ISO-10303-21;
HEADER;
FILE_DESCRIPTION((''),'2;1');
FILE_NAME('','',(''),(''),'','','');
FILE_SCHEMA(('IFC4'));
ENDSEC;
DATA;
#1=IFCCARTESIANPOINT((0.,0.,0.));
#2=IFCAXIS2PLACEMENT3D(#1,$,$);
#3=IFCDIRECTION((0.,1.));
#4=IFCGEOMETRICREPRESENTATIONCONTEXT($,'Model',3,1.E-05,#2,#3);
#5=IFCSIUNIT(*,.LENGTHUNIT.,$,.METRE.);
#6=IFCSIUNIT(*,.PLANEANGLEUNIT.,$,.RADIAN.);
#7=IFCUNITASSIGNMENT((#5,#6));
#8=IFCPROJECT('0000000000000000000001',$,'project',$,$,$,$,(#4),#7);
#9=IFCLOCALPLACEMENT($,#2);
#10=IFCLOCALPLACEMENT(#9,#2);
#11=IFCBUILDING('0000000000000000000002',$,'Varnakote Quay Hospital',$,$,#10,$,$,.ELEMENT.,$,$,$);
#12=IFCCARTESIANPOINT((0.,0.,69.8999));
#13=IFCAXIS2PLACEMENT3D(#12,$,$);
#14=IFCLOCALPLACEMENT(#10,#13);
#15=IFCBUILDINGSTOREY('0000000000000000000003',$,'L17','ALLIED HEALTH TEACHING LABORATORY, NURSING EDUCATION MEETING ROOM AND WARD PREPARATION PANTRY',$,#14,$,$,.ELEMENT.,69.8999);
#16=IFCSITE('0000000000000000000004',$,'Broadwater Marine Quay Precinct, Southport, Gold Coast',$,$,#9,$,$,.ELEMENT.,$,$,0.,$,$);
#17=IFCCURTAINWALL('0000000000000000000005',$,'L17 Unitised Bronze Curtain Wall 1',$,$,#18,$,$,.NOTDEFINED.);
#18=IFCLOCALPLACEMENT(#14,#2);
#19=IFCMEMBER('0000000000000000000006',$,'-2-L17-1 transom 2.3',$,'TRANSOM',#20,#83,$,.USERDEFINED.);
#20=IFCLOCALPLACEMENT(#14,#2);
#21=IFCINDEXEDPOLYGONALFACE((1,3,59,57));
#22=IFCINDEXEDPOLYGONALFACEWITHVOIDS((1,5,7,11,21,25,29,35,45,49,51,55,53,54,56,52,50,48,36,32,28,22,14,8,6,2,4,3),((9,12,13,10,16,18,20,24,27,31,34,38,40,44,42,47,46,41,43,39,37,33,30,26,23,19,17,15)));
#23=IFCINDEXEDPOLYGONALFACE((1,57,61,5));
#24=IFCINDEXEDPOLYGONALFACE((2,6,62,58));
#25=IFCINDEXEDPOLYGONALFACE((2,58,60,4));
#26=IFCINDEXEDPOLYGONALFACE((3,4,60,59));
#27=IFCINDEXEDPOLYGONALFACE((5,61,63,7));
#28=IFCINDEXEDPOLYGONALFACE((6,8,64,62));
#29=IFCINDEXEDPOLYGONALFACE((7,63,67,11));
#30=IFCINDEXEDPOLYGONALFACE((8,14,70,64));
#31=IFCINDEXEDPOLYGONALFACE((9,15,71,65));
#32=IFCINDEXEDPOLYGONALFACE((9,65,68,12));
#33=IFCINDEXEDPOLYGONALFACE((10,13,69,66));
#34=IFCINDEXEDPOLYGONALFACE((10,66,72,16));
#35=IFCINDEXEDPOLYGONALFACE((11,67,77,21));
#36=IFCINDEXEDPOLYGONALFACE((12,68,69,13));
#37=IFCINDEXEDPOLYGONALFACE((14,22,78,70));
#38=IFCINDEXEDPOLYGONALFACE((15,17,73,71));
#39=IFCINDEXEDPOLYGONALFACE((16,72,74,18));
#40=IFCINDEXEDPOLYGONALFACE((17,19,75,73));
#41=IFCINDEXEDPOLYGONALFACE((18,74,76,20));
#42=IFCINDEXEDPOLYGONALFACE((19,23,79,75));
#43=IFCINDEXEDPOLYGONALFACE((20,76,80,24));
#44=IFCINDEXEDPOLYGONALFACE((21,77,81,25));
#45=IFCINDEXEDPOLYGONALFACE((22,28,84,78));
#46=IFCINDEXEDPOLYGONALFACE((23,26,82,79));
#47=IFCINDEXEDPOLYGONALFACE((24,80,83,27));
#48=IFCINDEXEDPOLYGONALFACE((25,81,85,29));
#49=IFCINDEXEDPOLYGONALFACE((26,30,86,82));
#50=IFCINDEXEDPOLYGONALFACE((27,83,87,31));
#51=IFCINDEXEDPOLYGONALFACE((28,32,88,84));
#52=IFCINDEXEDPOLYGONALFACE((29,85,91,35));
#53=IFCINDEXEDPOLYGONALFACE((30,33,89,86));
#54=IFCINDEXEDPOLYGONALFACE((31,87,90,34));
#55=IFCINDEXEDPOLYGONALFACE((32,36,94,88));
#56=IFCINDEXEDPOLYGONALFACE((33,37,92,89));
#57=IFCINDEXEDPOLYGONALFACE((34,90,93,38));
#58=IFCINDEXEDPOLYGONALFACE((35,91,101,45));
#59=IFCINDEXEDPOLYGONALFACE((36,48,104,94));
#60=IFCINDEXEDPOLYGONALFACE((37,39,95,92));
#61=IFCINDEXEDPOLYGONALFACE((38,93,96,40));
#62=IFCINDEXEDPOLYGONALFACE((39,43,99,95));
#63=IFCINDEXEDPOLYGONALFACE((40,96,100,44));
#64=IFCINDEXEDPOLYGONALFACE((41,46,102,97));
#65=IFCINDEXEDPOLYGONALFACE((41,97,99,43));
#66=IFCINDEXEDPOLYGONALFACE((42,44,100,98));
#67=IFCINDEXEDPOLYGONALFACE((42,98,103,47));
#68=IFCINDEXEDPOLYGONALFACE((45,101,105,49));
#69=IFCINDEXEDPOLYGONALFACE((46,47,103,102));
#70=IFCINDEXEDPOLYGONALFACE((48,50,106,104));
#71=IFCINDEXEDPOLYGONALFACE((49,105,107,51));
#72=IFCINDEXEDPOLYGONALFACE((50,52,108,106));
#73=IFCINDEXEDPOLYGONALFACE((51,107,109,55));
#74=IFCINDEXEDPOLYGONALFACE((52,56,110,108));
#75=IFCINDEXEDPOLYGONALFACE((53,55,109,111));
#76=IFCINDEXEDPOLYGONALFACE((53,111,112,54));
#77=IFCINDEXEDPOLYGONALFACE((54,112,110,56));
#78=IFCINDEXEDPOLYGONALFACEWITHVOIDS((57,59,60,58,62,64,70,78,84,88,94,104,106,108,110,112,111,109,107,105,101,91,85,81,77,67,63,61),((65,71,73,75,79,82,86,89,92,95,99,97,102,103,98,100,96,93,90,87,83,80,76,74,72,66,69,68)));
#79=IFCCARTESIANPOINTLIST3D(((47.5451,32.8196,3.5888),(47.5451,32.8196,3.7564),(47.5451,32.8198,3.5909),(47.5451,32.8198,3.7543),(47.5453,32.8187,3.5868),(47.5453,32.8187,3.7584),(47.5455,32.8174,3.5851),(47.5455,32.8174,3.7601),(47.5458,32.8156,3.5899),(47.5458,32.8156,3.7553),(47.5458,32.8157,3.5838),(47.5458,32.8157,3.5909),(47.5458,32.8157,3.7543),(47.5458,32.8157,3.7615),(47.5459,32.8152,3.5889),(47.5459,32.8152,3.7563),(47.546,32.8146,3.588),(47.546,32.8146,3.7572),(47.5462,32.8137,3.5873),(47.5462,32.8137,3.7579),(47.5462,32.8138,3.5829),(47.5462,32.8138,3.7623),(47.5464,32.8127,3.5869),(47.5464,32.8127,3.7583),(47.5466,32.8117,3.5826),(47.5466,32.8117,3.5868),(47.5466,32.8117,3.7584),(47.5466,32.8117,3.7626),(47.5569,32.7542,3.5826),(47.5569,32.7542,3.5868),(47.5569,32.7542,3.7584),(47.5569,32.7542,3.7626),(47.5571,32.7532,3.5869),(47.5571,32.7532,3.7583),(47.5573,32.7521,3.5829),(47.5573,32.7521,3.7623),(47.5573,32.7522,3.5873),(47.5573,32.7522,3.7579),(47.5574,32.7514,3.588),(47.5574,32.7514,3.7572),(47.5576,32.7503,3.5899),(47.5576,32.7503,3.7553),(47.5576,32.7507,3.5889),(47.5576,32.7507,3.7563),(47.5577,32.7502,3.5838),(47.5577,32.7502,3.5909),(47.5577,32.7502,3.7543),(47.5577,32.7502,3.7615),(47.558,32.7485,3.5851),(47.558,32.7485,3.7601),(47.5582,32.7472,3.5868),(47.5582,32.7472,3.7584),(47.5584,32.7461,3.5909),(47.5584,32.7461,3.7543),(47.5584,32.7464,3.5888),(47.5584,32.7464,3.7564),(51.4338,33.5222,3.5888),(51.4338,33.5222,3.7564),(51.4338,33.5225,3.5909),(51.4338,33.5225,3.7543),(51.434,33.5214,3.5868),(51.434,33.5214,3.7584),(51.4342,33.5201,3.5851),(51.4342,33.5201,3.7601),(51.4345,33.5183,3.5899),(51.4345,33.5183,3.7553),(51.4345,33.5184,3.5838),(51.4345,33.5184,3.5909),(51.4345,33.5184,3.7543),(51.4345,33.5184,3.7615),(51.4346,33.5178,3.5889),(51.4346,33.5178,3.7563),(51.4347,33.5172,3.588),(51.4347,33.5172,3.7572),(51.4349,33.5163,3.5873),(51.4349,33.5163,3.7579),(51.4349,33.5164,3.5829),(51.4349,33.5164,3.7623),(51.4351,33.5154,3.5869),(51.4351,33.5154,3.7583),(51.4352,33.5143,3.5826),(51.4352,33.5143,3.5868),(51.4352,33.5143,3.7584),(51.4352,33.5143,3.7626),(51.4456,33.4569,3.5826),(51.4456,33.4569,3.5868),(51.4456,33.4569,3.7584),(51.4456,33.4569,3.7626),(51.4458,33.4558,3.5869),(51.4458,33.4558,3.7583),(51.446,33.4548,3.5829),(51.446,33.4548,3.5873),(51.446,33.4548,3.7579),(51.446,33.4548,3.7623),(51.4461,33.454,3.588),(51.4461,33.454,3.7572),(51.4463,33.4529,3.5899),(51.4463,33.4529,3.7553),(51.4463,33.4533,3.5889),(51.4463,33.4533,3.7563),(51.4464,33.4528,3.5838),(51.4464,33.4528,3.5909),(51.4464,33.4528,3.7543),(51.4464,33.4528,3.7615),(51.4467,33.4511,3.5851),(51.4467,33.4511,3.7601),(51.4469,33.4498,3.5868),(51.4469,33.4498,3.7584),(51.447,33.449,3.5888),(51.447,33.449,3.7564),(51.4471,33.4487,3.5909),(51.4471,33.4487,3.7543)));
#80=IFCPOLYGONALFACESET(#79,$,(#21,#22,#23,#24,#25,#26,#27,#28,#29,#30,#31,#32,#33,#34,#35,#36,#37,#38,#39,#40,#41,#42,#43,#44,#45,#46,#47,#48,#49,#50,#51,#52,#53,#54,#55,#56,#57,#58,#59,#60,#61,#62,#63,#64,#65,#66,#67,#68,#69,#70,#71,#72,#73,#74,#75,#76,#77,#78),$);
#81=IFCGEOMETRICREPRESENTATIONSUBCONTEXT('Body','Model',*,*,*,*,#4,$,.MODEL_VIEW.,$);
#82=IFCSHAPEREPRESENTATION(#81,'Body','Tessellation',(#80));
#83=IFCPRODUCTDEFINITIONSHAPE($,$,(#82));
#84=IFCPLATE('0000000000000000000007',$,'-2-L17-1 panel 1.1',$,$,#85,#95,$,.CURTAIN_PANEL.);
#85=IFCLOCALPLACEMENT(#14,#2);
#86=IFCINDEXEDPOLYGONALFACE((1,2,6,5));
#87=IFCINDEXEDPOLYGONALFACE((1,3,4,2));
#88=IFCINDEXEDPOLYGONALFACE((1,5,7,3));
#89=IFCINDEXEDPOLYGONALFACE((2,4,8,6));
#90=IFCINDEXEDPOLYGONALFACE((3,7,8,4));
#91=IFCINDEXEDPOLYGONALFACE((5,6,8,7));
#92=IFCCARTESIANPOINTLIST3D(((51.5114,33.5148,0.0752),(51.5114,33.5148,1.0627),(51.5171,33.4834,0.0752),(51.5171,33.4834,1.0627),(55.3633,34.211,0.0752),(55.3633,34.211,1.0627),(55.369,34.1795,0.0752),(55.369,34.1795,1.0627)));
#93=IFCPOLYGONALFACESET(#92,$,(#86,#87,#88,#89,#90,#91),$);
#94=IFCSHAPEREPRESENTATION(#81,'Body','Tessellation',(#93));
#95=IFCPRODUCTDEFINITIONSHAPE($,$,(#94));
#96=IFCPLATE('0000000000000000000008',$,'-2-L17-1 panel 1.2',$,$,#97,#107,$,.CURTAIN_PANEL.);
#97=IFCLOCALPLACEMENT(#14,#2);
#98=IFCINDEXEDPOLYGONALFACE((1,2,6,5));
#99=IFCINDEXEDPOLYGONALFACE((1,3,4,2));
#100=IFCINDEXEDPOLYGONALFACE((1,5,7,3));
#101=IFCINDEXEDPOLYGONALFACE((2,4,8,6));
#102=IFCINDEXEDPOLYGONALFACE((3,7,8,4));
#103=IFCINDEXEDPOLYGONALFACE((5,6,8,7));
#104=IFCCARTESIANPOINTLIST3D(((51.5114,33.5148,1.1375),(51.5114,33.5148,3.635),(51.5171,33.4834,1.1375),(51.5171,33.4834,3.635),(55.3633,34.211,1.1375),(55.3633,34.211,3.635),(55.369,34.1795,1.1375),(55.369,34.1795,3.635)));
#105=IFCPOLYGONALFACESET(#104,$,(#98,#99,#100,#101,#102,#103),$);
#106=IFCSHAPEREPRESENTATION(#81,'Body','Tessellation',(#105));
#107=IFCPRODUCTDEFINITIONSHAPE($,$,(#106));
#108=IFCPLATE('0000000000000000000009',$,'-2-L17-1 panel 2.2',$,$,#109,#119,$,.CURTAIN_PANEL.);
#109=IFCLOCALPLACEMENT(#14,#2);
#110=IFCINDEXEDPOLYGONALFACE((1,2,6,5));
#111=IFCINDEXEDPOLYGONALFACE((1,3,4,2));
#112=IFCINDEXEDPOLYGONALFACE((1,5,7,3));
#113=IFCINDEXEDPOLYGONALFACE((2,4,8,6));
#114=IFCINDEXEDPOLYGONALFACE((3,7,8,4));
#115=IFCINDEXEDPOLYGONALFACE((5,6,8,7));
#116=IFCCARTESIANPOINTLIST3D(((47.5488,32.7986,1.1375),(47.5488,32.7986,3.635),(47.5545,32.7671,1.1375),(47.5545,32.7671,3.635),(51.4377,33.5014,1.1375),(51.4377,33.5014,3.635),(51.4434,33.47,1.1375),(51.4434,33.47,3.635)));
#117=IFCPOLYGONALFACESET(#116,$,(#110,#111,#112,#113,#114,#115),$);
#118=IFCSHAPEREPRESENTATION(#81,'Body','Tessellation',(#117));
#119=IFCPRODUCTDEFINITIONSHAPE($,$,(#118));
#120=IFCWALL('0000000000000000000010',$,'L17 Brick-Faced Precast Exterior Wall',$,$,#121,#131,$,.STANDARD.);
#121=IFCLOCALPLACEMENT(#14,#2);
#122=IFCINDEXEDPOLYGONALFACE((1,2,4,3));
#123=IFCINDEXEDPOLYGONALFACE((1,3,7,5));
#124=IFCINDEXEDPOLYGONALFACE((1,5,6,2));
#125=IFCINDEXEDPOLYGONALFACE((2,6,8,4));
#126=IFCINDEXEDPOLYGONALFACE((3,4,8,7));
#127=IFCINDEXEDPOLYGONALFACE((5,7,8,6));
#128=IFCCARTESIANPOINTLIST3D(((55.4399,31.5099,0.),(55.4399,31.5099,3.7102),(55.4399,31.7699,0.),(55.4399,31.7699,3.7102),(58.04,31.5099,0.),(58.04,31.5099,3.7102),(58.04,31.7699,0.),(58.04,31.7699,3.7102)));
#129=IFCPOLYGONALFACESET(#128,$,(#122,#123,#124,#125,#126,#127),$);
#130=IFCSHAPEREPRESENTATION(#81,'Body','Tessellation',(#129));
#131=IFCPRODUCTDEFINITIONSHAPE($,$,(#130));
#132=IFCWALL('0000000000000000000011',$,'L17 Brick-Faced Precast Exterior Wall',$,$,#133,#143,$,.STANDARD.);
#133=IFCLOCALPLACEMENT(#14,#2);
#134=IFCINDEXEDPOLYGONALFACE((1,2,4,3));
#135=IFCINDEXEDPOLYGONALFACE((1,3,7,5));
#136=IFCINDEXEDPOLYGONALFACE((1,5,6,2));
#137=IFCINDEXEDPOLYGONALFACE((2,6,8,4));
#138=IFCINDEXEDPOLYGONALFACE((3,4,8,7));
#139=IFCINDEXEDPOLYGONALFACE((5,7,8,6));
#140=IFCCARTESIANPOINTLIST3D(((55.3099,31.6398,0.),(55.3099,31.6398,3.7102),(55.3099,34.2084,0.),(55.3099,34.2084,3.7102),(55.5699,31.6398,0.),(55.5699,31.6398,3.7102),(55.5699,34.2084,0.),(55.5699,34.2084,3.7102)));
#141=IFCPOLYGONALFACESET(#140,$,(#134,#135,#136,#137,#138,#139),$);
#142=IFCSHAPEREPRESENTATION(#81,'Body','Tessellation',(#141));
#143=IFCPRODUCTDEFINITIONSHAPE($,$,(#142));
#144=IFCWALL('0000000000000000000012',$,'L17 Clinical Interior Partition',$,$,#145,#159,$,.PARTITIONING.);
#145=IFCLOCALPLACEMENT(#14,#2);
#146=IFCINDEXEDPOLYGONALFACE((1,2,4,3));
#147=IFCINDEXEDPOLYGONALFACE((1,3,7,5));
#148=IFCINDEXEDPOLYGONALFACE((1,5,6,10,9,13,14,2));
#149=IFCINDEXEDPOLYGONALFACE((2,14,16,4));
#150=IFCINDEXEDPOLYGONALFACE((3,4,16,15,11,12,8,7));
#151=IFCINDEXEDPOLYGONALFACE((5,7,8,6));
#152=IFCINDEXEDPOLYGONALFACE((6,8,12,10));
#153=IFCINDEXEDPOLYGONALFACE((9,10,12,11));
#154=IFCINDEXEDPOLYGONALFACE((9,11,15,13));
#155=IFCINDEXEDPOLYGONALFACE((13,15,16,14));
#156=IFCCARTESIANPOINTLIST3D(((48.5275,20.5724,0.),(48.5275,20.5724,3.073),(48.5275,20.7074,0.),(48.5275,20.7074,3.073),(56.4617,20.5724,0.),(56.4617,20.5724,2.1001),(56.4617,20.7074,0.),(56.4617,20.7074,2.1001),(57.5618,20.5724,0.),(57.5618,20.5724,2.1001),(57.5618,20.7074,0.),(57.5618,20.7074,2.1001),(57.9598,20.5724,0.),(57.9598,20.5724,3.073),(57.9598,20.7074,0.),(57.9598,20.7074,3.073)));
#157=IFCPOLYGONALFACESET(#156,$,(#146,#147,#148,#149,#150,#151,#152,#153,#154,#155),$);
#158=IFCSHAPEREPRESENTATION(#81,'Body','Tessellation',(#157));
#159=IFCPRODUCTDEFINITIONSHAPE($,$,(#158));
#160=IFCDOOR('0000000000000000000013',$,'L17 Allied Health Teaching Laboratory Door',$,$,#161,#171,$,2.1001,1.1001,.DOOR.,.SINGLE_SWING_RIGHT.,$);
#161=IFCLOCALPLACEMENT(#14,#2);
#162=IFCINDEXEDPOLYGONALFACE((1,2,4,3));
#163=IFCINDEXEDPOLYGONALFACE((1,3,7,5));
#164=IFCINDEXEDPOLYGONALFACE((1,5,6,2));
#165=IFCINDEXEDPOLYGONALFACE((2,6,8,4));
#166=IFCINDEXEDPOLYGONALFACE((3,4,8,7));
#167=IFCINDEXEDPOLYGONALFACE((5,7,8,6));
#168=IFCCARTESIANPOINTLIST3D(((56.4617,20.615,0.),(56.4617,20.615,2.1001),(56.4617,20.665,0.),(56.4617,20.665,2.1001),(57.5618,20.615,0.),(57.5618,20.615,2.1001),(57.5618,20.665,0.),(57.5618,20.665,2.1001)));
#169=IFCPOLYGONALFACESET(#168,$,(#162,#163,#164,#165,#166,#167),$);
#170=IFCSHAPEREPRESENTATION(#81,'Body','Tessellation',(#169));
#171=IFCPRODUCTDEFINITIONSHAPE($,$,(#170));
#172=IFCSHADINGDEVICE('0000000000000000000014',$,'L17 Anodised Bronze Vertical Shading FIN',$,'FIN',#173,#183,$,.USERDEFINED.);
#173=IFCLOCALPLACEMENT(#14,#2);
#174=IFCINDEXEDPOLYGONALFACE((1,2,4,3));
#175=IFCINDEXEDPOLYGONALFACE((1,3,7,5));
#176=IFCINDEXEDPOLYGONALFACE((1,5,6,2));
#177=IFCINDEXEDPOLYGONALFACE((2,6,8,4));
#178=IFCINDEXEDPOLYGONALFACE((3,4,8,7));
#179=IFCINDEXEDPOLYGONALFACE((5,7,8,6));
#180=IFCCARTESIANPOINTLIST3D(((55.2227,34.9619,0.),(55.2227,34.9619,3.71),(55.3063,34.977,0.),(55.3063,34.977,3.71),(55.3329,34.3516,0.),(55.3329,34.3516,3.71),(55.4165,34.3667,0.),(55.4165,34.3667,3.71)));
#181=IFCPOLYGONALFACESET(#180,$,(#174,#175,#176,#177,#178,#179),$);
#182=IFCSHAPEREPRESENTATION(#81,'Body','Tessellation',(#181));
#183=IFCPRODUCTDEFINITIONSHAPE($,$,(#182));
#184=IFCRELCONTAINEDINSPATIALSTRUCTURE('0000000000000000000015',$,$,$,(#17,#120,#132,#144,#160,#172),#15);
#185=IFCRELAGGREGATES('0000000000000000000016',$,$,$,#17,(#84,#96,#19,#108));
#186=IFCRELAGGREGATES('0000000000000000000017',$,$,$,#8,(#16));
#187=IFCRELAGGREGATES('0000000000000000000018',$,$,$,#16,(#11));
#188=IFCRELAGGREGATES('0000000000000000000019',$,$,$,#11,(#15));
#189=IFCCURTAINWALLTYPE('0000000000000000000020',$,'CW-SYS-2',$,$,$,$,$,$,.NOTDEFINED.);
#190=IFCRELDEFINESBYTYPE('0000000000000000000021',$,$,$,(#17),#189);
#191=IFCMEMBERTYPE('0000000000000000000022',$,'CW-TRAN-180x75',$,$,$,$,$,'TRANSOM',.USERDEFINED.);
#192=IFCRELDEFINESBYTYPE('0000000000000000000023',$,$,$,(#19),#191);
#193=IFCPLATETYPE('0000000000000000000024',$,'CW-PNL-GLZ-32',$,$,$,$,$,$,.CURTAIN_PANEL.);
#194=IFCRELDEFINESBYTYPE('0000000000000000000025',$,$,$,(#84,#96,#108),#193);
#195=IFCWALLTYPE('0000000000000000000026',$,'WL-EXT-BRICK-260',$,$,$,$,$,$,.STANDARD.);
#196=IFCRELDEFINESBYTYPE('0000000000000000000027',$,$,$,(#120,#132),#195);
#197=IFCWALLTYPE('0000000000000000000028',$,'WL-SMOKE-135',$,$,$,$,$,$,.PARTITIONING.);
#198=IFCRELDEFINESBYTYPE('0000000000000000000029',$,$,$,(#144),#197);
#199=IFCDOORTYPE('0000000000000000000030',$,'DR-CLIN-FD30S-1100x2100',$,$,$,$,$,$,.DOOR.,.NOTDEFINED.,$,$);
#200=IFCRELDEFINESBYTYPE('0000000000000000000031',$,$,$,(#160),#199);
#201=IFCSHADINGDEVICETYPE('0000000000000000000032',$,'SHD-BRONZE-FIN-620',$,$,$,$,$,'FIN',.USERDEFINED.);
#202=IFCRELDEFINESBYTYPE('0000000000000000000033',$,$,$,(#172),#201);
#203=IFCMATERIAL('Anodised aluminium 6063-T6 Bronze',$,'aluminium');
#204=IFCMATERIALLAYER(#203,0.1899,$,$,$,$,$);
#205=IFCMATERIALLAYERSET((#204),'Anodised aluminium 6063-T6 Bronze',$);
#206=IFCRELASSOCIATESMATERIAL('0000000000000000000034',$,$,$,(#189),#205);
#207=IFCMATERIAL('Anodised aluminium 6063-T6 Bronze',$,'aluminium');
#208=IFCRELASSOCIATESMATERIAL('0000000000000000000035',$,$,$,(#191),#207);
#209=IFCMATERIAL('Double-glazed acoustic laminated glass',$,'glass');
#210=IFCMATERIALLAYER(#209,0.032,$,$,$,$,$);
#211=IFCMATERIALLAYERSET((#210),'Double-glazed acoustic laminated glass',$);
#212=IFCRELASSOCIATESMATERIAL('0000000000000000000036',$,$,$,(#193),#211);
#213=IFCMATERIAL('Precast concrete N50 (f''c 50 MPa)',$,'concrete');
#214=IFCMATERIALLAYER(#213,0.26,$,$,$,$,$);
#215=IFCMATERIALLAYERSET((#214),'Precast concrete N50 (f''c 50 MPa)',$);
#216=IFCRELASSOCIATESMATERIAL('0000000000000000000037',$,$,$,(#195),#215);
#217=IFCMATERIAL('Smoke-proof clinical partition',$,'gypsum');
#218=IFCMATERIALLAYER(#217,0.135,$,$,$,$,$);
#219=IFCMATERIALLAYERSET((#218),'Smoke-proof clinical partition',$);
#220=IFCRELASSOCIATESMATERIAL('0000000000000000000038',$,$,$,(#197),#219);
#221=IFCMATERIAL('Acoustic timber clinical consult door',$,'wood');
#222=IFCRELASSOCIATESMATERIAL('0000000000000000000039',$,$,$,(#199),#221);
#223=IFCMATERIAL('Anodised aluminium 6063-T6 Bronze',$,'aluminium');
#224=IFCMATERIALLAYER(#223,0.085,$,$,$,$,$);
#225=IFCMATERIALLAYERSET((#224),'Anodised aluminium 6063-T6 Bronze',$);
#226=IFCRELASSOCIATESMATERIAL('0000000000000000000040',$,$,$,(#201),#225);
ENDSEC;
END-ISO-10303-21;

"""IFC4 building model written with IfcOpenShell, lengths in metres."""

from ifc_helpers import new_model, si_unit, direction, frame, frame_2d, origin, origin_2d, place, context, subcontext, project, spatial, rectangle, hollow_rectangle, extrude, material, layer, layer_set, material_profile, profile_set, type_object, element, fill, aggregate, save


model = new_model("IFC4")

# Units and contexts
model_context = context("Model", 3, precision=1e-05, world=origin(), true_north=direction((0.0, 1.0)))
body_context = subcontext(model_context, "Body", "Model", "MODEL_VIEW")
ifc_project = project(units=[si_unit("LENGTHUNIT", "METRE"), si_unit("PLANEANGLEUNIT", "RADIAN")], contexts=[model_context])

# Site, building, storey
site_placement = place(None, origin())
site = spatial("IfcSite", under=ifc_project, at=site_placement, Name="Broadwater Marine Quay Precinct, Southport, Gold Coast", CompositionType="ELEMENT", RefElevation=0.0)
building_placement = place(site_placement, origin())
building = spatial("IfcBuilding", under=site, at=building_placement, Name="Varnakote Quay Hospital", CompositionType="ELEMENT")
storey_placement = place(building_placement, frame((0.0, 0.0, 69.8999)))
storey = spatial("IfcBuildingStorey", under=building, at=storey_placement, Name="L17", Description="ALLIED HEALTH TEACHING LABORATORY, NURSING EDUCATION MEETING ROOM AND WARD PREPARATION PANTRY", CompositionType="ELEMENT", Elevation=69.8999)

# Curtain wall, member, plates
ifc_material_1 = material(Name="Anodised aluminium 6063-T6 Bronze", Category="aluminium")
ifc_layer_1 = layer(ifc_material_1, 0.1899)
ifc_layer_set_1 = layer_set([ifc_layer_1], Name="Anodised aluminium 6063-T6 Bronze")
curtain_wall_type = type_object("IfcCurtainWallType", Name="CW-SYS-2", PredefinedType="NOTDEFINED", material=ifc_layer_set_1)
curtain_wall_placement = place(storey_placement, origin())
curtain_wall = element("IfcCurtainWall", 1, at=curtain_wall_placement, inside=storey, type_object=curtain_wall_type, Name="L17 Unitised Bronze Curtain Wall 1", PredefinedType="NOTDEFINED")
ifc_material_2 = material(Name="Anodised aluminium 6063-T6 Bronze", Category="aluminium")
ifc_material_profile_1 = material_profile(ifc_material_2, hollow_rectangle(XDim=0.075, YDim=0.1799, WallThickness=0.0042, InnerFilletRadius=0.0042, OuterFilletRadius=0.0083, at=origin_2d()), Name="CW-TRAN-180x75")
ifc_profile_set_1 = profile_set([ifc_material_profile_1], Name="Anodised aluminium 6063-T6 Bronze")
member_type_1 = type_object("IfcMemberType", Name="CW-TRAN-180x75", ElementType="TRANSOM", PredefinedType="USERDEFINED", material=ifc_profile_set_1)
member_1_placement = place(storey_placement, frame((51.4404, 33.4856, 3.6726), z_axis=(-0.984065, -0.177809, 0.0), x_axis=(0.177809, -0.984065, 0.0)))
member_1 = element("IfcMember", 2, at=member_1_placement, type_object=member_type_1, Name="-2-L17-1 transom 2.3", ObjectType="TRANSOM", PredefinedType="USERDEFINED", context=body_context, shape_type="SweptSolid", body=[
    extrude(hollow_rectangle(XDim=0.075, YDim=0.1799, WallThickness=0.0042, InnerFilletRadius=0.0042, OuterFilletRadius=0.0083, at=origin_2d()), origin(), (0.0, 0.0, 1.0), 3.9517),
])
ifc_material_3 = material(Name="Double-glazed acoustic laminated glass", Category="glass")
ifc_layer_2 = layer(ifc_material_3, 0.032)
ifc_layer_set_2 = layer_set([ifc_layer_2], Name="Double-glazed acoustic laminated glass")
plate_type = type_object("IfcPlateType", Name="CW-PNL-GLZ-32", PredefinedType="CURTAIN_PANEL", material=ifc_layer_set_2)
plate_1_placement = place(storey_placement, frame((53.4402, 33.8472, 0.0752), z_axis=(0.0, 0.0, 1.0), x_axis=(-0.984058, -0.177846, 0.0)))
plate_1 = element("IfcPlate", 3, at=plate_1_placement, type_object=plate_type, Name="-2-L17-1 panel 1.1", PredefinedType="CURTAIN_PANEL", context=body_context, shape_type="SweptSolid", body=[
    extrude(rectangle(XDim=3.9143, YDim=0.032, at=origin_2d()), origin(), (0.0, 0.0, 1.0), 0.9875),
])
plate_2_placement = place(storey_placement, frame((53.4402, 33.8472, 1.1375), z_axis=(0.0, 0.0, 1.0), x_axis=(-0.984058, -0.177846, 0.0)))
plate_2 = element("IfcPlate", 4, at=plate_2_placement, type_object=plate_type, Name="-2-L17-1 panel 1.2", PredefinedType="CURTAIN_PANEL", context=body_context, shape_type="SweptSolid", body=[
    extrude(rectangle(XDim=3.9143, YDim=0.032, at=origin_2d()), origin(), (0.0, 0.0, 1.0), 2.4976),
])
plate_3_placement = place(storey_placement, frame((49.4961, 33.1343, 1.1375), z_axis=(0.0, 0.0, 1.0), x_axis=(-0.984058, -0.177846, 0.0)))
plate_3 = element("IfcPlate", 5, at=plate_3_placement, type_object=plate_type, Name="-2-L17-1 panel 2.2", PredefinedType="CURTAIN_PANEL", context=body_context, shape_type="SweptSolid", body=[
    extrude(rectangle(XDim=3.9519, YDim=0.032, at=origin_2d()), origin(), (0.0, 0.0, 1.0), 2.4976),
])
aggregate(curtain_wall, [plate_1, plate_2, member_1, plate_3])

# Walls
ifc_material_4 = material(Name="Precast concrete N50 (f'c 50 MPa)", Category="concrete")
ifc_layer_3 = layer(ifc_material_4, 0.26)
ifc_layer_set_3 = layer_set([ifc_layer_3], Name="Precast concrete N50 (f'c 50 MPa)")
wall_type_1 = type_object("IfcWallType", Name="WL-EXT-BRICK-260", PredefinedType="STANDARD", material=ifc_layer_set_3)
wall_1_placement = place(storey_placement, frame((58.04, 31.6399, 0.0), z_axis=(0.0, 0.0, 1.0), x_axis=(-1.0, 0.0, 0.0)))
element("IfcWall", 6, at=wall_1_placement, inside=storey, type_object=wall_type_1, Name="L17 Brick-Faced Precast Exterior Wall", PredefinedType="STANDARD", context=body_context, shape_type="SweptSolid", body=[
    extrude(rectangle(XDim=2.6001, YDim=0.26, at=frame_2d((1.3, 0.0))), origin(), (0.0, 0.0, 1.0), 3.7102),
])
wall_2_placement = place(storey_placement, frame((55.4399, 31.6399, 0.0), z_axis=(0.0, 0.0, 1.0), x_axis=(0.0, 1.0, 0.0)))
element("IfcWall", 7, at=wall_2_placement, inside=storey, type_object=wall_type_1, Name="L17 Brick-Faced Precast Exterior Wall", PredefinedType="STANDARD", context=body_context, shape_type="SweptSolid", body=[
    extrude(rectangle(XDim=2.5686, YDim=0.26, at=frame_2d((1.2842, 0.0))), origin(), (0.0, 0.0, 1.0), 3.7102),
])

# Wall, opening, door
ifc_material_5 = material(Name="Smoke-proof clinical partition", Category="gypsum")
ifc_layer_4 = layer(ifc_material_5, 0.135)
ifc_layer_set_4 = layer_set([ifc_layer_4], Name="Smoke-proof clinical partition")
wall_type_2 = type_object("IfcWallType", Name="WL-SMOKE-135", PredefinedType="PARTITIONING", material=ifc_layer_set_4)
wall_3_placement = place(storey_placement, frame((57.96, 20.6399, 0.0), z_axis=(0.0, 0.0, 1.0), x_axis=(-1.0, 0.0, 0.0)))
wall_3 = element("IfcWall", 8, at=wall_3_placement, inside=storey, type_object=wall_type_2, Name="L17 Clinical Interior Partition", PredefinedType="PARTITIONING", context=body_context, shape_type="SweptSolid", body=[
    extrude(rectangle(XDim=9.4324, YDim=0.135, at=frame_2d((4.7163, 0.0))), origin(), (0.0, 0.0, 1.0), 3.073),
])
opening_placement = place(wall_3_placement, frame((0.3982, 0.0, 0.0)))
opening = element("IfcOpeningElement", 9, at=opening_placement, cuts=wall_3, PredefinedType="OPENING", context=body_context, shape_type="SweptSolid", body=[
    extrude(rectangle(XDim=1.1001, YDim=2.1001, at=frame_2d((0.55, 1.05))), frame((0.0, 0.0774, 0.0), z_axis=(0.0, -1.0, 0.0), x_axis=(1.0, 0.0, 0.0)), (0.0, 0.0, 1.0), 0.155),
])
ifc_material_6 = material(Name="Acoustic timber clinical consult door", Category="wood")
door_type = type_object("IfcDoorType", Name="DR-CLIN-FD30S-1100x2100", OperationType="NOTDEFINED", PredefinedType="DOOR", material=ifc_material_6)
door_placement = place(opening_placement, origin())
door = element("IfcDoor", 10, at=door_placement, inside=storey, type_object=door_type, Name="L17 Allied Health Teaching Laboratory Door", OperationType="SINGLE_SWING_RIGHT", OverallHeight=2.1001, OverallWidth=1.1001, PredefinedType="DOOR", context=body_context, shape_type="SweptSolid", body=[
    extrude(rectangle(XDim=1.1001, YDim=2.1001, at=frame_2d((0.55, 1.05))), frame((0.0, 0.0249, 0.0), z_axis=(0.0, -1.0, 0.0), x_axis=(1.0, 0.0, 0.0)), (0.0, 0.0, 1.0), 0.05),
])
fill(opening, door)

# Shading device
ifc_material_7 = material(Name="Anodised aluminium 6063-T6 Bronze", Category="aluminium")
ifc_layer_5 = layer(ifc_material_7, 0.085)
ifc_layer_set_5 = layer_set([ifc_layer_5], Name="Anodised aluminium 6063-T6 Bronze")
shading_device_type = type_object("IfcShadingDeviceType", Name="SHD-BRONZE-FIN-620", ElementType="FIN", PredefinedType="USERDEFINED", material=ifc_layer_set_5)
for number, where, z_axis, x_axis, name in (
    (11, (55.3196, 34.6643, 0.0), (0.0, 0.0, 1.0), (0.177772, -0.984072, 0.0), "L17 Anodised Bronze Vertical Shading FIN"),
):
    element("IfcShadingDevice", number, at=place(storey_placement, frame(where, z_axis=z_axis, x_axis=x_axis)), inside=storey, type_object=shading_device_type, Name=name, ObjectType="FIN", PredefinedType="USERDEFINED", context=body_context, shape_type="SweptSolid", body=[
        extrude(rectangle(XDim=0.6201, YDim=0.085, at=origin_2d()), origin(), (0.0, 0.0, 1.0), 3.71),
    ])

save(model, "model.ifc")
